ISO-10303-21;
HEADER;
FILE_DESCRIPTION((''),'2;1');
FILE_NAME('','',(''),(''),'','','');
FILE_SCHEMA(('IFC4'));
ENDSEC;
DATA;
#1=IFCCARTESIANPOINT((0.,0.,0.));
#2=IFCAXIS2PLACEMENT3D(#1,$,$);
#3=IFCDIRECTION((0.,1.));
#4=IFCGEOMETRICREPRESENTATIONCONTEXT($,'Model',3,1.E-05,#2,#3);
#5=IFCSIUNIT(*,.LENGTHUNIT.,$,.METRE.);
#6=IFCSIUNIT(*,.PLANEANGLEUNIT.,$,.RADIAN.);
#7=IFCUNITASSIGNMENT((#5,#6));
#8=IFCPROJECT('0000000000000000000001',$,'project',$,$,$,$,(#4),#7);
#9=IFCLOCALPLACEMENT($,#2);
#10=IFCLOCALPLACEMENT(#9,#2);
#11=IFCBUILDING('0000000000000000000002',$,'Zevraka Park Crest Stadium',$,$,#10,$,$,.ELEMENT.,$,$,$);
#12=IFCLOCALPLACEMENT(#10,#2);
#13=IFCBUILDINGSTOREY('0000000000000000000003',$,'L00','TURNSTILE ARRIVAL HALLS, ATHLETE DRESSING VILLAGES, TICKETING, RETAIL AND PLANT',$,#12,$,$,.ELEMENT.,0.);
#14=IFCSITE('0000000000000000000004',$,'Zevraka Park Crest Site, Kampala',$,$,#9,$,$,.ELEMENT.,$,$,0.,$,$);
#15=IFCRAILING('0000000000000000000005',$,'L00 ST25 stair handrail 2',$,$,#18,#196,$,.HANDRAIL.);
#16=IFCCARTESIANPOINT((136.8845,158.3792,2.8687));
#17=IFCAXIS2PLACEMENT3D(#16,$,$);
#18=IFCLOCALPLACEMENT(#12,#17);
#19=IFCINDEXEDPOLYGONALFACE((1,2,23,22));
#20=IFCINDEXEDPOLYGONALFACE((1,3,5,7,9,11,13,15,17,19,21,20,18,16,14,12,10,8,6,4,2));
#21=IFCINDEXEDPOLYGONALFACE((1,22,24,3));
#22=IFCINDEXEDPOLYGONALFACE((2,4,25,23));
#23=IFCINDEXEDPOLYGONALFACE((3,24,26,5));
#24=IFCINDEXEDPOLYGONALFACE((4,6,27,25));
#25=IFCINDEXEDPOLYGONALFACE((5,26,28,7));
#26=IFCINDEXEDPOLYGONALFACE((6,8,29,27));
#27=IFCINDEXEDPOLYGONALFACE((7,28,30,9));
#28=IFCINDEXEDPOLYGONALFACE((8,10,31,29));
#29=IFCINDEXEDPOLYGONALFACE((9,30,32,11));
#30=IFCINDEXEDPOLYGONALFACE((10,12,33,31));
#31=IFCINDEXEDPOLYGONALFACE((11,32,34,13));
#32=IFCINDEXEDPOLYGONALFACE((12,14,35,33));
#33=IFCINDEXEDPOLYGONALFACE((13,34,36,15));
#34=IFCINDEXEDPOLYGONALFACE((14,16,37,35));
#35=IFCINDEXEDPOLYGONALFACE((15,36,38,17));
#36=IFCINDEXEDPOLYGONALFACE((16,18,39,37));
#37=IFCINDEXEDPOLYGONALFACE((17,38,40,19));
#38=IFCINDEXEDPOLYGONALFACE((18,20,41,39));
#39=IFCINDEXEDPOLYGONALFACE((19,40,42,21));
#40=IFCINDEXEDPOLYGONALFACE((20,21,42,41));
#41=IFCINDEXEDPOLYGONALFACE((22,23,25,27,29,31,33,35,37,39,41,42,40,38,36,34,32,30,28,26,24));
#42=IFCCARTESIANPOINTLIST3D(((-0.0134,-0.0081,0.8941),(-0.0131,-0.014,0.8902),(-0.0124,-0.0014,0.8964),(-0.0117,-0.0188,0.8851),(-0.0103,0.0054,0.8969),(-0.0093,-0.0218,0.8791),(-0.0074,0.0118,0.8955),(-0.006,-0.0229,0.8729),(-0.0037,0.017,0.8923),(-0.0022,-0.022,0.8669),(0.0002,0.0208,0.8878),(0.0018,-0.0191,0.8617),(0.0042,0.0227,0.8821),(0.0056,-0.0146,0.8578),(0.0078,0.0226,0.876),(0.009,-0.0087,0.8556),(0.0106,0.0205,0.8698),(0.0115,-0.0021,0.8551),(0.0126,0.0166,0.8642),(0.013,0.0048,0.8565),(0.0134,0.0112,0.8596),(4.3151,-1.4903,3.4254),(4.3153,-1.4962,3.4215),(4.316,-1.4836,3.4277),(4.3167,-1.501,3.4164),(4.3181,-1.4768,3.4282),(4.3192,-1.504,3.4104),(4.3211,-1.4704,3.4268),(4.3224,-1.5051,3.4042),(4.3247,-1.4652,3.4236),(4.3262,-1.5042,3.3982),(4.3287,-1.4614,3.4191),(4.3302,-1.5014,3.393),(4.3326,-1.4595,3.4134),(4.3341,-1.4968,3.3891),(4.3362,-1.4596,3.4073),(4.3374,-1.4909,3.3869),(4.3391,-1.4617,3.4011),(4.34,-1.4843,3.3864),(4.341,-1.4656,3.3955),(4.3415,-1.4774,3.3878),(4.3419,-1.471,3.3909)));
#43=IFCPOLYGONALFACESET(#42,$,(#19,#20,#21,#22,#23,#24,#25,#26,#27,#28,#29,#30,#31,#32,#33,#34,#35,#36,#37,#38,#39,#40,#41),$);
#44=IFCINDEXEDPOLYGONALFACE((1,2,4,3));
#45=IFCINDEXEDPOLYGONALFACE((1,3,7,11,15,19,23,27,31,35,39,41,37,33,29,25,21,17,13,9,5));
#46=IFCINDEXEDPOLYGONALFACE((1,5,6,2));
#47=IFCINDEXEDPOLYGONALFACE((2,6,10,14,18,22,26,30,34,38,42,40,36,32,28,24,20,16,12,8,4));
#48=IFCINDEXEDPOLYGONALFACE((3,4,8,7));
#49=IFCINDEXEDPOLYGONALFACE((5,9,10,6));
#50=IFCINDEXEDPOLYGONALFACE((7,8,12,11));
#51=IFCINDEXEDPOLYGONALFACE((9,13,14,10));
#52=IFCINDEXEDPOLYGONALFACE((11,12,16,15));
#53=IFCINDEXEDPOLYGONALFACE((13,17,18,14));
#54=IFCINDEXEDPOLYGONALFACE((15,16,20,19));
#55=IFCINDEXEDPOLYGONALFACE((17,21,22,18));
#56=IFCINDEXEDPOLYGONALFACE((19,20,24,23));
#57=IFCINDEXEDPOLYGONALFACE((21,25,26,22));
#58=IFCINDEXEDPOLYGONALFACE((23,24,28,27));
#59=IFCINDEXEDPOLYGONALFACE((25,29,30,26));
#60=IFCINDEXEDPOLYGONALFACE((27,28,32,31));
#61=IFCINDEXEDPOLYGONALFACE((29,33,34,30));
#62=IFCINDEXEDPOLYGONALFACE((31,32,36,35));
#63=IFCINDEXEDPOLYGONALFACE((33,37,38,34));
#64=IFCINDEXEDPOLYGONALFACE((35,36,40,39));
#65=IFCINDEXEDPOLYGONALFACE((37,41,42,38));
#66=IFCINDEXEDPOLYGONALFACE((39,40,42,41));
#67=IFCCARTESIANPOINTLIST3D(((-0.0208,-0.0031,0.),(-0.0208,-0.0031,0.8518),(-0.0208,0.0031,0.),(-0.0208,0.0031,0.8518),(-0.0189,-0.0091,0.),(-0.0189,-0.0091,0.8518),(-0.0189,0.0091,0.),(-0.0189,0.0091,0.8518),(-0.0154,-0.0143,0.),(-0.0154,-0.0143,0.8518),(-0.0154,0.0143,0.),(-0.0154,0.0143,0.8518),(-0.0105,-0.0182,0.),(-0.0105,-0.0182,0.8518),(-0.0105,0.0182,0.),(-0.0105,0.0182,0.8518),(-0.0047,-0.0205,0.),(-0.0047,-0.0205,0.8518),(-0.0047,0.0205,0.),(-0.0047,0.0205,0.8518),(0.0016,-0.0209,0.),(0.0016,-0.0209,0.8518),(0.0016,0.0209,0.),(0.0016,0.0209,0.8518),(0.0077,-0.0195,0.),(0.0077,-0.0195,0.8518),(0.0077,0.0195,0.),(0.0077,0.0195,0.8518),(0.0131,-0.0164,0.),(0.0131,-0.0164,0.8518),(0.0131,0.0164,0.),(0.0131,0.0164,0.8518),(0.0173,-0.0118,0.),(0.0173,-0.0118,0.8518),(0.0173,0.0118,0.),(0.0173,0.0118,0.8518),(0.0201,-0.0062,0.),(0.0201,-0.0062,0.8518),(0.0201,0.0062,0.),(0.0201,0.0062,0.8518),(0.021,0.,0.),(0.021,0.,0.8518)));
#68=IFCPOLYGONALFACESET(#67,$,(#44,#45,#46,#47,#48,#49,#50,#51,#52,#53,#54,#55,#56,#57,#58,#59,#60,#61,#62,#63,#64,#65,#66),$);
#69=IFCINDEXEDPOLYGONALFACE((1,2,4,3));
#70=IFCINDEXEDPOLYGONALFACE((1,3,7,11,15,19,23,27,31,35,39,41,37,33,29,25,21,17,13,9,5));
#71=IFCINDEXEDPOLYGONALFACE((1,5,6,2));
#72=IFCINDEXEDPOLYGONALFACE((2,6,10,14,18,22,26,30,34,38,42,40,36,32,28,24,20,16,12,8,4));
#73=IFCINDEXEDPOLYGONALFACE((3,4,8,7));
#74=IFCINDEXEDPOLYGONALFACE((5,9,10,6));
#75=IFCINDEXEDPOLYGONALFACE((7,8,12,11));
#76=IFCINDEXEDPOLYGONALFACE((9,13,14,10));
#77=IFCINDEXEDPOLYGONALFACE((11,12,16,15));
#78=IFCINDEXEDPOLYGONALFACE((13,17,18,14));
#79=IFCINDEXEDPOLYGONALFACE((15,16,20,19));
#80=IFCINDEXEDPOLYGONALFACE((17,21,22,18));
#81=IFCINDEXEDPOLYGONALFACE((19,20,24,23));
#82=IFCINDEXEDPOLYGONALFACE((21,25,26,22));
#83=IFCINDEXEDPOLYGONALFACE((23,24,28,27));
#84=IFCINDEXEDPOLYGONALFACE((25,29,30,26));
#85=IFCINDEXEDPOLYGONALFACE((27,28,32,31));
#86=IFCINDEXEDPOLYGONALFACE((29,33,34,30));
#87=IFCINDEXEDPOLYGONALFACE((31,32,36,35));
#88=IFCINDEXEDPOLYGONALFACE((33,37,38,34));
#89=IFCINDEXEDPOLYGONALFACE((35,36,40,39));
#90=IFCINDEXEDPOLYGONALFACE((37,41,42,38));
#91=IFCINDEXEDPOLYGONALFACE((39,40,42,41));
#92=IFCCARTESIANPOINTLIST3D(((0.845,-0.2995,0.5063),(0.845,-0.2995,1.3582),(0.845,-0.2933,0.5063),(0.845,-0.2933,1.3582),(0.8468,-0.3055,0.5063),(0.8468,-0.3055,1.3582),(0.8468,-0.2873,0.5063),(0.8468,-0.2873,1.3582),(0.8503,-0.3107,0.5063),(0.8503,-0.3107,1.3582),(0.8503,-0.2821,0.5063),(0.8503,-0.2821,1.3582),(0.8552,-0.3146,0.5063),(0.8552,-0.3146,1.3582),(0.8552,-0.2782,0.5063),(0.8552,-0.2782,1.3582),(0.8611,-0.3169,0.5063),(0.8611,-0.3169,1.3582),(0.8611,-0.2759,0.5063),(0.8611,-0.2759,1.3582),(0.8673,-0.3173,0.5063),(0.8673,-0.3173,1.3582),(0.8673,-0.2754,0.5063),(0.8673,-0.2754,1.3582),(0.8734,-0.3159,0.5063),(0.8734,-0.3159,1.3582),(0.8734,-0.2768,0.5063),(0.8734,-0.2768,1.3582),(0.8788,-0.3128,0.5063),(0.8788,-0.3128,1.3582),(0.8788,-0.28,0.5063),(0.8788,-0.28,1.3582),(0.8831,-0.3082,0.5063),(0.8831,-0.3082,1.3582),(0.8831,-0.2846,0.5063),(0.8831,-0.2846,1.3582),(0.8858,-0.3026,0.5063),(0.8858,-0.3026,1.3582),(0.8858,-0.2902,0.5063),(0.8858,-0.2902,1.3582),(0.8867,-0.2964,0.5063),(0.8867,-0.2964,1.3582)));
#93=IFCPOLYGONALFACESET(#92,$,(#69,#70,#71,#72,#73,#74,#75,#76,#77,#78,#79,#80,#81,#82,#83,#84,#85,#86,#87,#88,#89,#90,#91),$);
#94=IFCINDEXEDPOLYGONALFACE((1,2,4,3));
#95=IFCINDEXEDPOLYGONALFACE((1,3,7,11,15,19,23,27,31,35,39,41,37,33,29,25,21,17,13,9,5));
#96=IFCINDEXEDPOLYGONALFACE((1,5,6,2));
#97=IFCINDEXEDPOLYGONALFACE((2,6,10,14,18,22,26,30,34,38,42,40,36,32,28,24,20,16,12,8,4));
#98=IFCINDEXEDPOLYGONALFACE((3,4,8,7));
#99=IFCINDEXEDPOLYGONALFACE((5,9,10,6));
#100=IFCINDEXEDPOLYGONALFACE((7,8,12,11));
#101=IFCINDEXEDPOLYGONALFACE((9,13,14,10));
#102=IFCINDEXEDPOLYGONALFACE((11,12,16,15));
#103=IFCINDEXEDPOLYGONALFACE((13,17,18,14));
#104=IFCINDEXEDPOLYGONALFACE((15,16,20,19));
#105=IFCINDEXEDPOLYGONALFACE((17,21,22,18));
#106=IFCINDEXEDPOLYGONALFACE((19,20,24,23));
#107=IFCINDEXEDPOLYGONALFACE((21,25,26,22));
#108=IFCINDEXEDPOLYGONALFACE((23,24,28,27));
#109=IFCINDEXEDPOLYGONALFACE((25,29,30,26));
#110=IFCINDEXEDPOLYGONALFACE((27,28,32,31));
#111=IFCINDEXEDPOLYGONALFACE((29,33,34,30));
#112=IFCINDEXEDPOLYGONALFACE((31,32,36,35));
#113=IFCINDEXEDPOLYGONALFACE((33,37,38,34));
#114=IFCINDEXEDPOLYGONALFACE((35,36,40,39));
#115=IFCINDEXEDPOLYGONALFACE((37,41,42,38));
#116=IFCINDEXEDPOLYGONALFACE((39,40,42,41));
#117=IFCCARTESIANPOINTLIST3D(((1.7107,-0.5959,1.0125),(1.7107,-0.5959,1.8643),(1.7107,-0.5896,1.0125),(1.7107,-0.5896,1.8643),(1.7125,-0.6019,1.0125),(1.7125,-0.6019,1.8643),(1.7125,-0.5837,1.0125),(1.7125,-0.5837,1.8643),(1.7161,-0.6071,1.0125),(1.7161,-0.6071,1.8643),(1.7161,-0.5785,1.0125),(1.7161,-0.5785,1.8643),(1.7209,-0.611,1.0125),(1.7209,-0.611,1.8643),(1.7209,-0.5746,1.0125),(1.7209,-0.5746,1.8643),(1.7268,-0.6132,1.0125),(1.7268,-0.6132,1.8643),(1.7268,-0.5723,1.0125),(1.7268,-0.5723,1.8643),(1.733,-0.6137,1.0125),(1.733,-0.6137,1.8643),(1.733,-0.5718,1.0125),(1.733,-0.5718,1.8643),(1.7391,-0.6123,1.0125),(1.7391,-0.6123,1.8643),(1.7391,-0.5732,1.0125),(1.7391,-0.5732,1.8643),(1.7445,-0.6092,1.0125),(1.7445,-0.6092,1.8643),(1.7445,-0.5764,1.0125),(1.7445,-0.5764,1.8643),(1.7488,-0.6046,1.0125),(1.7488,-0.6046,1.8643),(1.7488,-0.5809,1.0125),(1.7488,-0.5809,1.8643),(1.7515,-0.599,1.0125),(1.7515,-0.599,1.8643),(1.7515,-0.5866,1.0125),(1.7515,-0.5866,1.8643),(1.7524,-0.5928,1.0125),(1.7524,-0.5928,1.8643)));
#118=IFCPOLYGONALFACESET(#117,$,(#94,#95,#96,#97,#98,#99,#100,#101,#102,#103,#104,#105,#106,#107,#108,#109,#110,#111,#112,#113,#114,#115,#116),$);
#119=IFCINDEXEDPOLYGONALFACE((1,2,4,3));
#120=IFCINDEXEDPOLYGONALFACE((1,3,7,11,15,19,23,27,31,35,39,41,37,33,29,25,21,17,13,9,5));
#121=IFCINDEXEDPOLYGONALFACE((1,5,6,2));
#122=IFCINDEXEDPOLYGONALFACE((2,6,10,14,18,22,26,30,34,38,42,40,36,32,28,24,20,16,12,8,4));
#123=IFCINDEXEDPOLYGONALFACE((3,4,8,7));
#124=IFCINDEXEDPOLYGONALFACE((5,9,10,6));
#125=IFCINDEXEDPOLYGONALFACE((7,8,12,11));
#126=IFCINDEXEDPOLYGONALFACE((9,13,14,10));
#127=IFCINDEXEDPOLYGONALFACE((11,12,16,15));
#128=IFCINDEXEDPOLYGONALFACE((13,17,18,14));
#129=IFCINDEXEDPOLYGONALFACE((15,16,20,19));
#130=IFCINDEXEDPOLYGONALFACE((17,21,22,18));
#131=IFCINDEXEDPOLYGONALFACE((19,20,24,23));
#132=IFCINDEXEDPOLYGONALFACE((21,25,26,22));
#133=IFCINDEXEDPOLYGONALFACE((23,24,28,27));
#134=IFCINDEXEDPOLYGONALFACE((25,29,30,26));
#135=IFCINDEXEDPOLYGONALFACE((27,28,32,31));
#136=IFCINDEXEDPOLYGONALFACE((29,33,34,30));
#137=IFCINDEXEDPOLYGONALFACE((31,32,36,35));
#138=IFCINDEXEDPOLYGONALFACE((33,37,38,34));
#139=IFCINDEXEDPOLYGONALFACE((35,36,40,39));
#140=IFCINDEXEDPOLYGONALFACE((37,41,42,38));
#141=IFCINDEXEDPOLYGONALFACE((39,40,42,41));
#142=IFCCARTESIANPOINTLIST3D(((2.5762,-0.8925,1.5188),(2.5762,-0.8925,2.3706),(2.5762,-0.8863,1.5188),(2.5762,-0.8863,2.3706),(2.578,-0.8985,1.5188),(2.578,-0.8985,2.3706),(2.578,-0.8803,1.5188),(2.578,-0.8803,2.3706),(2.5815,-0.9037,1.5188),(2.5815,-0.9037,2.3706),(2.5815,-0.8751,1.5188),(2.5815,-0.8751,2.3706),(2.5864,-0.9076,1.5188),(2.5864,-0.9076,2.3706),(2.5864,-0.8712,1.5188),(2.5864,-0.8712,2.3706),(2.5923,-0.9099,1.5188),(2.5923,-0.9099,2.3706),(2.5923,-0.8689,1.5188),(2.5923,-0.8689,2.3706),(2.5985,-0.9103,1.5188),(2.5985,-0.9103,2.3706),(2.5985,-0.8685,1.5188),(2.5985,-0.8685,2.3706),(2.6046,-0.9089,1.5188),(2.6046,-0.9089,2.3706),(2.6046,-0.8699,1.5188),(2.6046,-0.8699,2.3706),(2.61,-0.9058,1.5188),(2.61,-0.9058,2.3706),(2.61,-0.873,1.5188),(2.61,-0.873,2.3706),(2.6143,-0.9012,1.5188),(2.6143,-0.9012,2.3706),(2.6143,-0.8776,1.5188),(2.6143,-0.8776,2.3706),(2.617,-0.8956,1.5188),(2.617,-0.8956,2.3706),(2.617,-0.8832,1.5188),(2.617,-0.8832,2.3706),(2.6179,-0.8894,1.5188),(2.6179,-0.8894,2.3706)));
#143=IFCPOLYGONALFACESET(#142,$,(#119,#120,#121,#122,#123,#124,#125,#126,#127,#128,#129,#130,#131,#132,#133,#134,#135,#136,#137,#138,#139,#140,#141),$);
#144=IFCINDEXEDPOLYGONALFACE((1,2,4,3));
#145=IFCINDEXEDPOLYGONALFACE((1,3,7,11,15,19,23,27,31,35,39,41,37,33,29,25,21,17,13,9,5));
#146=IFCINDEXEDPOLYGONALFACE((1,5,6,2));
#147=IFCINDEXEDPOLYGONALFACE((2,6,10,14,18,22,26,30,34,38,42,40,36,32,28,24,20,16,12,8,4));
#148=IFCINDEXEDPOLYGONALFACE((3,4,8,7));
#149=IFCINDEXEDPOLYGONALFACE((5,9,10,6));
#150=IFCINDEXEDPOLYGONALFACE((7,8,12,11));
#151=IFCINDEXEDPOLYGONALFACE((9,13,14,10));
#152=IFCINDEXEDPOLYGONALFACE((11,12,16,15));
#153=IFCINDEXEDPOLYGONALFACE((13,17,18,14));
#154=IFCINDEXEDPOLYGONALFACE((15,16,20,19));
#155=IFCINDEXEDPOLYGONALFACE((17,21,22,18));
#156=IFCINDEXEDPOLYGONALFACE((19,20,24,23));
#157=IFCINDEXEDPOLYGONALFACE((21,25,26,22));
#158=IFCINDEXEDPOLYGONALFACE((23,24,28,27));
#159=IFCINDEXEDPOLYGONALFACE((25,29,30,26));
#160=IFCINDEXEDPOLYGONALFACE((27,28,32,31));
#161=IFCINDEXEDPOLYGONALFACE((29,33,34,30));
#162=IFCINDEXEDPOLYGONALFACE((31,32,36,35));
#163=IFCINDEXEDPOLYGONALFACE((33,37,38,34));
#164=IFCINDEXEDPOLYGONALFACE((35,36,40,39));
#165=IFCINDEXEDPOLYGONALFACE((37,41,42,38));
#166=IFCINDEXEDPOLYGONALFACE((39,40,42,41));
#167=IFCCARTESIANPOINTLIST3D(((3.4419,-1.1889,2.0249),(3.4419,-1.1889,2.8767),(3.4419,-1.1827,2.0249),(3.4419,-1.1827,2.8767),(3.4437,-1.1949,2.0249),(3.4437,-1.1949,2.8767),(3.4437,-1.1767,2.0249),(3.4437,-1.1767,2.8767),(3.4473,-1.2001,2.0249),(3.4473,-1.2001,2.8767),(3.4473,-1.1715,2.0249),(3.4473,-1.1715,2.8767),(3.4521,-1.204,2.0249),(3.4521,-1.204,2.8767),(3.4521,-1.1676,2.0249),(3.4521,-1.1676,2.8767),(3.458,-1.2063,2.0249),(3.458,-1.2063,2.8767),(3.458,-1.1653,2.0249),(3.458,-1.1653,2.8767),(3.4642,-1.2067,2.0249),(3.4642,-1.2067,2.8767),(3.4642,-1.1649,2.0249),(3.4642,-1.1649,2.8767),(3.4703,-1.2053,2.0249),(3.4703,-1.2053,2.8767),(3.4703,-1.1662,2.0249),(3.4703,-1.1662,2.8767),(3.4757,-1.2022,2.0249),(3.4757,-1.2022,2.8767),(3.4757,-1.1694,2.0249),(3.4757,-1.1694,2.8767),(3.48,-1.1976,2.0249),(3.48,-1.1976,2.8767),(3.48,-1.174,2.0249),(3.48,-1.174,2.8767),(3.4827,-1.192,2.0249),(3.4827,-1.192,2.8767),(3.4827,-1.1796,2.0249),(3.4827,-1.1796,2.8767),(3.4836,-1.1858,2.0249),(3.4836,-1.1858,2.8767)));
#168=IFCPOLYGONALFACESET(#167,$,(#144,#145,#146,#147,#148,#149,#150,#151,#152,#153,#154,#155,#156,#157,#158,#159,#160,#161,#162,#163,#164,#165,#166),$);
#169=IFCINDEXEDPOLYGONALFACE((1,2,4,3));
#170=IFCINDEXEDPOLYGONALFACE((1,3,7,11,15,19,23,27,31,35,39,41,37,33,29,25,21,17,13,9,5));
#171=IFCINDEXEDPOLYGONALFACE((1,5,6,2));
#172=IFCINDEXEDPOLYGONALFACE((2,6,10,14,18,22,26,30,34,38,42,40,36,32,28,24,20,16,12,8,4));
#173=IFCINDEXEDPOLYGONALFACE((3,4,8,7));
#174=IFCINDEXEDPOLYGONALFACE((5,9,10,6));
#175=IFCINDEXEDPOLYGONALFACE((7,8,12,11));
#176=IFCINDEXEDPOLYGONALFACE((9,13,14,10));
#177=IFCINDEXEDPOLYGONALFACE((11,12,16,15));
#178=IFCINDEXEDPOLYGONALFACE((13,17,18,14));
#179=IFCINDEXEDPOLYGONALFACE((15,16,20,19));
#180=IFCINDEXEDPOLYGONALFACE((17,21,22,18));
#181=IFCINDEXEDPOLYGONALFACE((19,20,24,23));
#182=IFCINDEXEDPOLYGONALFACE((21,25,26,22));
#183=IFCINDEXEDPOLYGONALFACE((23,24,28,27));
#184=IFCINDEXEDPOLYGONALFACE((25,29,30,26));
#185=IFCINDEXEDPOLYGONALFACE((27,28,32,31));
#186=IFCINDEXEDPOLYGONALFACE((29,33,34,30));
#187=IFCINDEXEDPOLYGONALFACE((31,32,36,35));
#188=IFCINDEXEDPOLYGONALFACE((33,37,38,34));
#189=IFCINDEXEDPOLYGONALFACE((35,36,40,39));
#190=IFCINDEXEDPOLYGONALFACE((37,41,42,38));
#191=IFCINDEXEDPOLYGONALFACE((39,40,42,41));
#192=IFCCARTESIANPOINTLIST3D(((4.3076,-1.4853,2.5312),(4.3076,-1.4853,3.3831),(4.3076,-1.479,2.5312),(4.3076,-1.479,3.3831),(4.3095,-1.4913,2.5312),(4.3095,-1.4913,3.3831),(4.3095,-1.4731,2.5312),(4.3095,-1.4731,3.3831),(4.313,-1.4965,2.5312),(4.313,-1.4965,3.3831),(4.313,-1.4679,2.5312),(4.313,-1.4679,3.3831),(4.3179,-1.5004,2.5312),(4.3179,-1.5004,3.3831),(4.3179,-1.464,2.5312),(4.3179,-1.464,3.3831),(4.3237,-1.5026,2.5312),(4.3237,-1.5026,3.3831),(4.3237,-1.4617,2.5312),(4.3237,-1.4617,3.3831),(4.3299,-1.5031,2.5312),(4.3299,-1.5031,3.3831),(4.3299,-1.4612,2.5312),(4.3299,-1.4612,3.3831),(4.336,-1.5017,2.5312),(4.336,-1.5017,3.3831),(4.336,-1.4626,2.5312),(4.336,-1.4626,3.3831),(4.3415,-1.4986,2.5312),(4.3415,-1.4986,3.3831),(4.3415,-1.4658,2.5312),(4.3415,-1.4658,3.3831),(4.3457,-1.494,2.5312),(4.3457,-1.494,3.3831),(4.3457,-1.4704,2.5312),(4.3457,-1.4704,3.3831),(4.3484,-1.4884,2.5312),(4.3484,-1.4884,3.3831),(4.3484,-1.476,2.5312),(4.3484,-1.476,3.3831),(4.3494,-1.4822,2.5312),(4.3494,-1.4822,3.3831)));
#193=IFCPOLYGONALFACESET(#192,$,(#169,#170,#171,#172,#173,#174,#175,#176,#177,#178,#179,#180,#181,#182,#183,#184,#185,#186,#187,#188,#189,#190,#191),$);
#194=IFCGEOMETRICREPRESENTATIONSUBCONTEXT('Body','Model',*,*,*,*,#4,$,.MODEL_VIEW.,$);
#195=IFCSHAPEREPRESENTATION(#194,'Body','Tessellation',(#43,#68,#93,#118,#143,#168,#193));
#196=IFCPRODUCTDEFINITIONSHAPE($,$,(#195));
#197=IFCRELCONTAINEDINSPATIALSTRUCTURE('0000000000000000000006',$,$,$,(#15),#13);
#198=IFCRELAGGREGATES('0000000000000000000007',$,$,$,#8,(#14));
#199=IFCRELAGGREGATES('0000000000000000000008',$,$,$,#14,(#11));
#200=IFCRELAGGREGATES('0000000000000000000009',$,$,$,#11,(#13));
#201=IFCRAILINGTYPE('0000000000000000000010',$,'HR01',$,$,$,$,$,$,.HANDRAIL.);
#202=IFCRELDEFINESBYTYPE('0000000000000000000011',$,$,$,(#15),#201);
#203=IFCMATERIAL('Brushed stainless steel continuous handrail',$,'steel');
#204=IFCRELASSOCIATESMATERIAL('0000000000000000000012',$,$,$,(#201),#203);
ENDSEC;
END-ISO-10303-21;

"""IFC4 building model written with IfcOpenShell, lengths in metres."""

from ifc_helpers import new_model, si_unit, direction, frame, origin, origin_2d, place, context, subcontext, project, spatial, circle, extrude, material, type_object, element, save


model = new_model("IFC4")

# Units and contexts
model_context = context("Model", 3, precision=1e-05, world=origin(), true_north=direction((0.0, 1.0)))
body_context = subcontext(model_context, "Body", "Model", "MODEL_VIEW")
ifc_project = project(units=[si_unit("LENGTHUNIT", "METRE"), si_unit("PLANEANGLEUNIT", "RADIAN")], contexts=[model_context])

# Site, building, storey
site_placement = place(None, origin())
site = spatial("IfcSite", under=ifc_project, at=site_placement, Name="Zevraka Park Crest Site, Kampala", CompositionType="ELEMENT", RefElevation=0.0)
building_placement = place(site_placement, origin())
building = spatial("IfcBuilding", under=site, at=building_placement, Name="Zevraka Park Crest Stadium", CompositionType="ELEMENT")
storey_placement = place(building_placement, origin())
storey = spatial("IfcBuildingStorey", under=building, at=storey_placement, Name="L00", Description="TURNSTILE ARRIVAL HALLS, ATHLETE DRESSING VILLAGES, TICKETING, RETAIL AND PLANT", CompositionType="ELEMENT", Elevation=0.0)

# Railing
ifc_material_1 = material(Name="Brushed stainless steel continuous handrail", Category="steel")
railing_type_1 = type_object("IfcRailingType", Name="HR01", PredefinedType="HANDRAIL", material=ifc_material_1)
for number, where, name in (
    (1, (136.8845, 158.3792, 2.8687), "L00 ST25 stair handrail 2"),
):
    element("IfcRailing", number, at=place(storey_placement, frame(where)), inside=storey, type_object=railing_type_1, Name=name, PredefinedType="HANDRAIL", context=body_context, shape_type="SweptSolid", body=[
        extrude(circle(Radius=0.0239, at=origin_2d()), frame((0.0, 0.0, 0.876), z_axis=(0.827817, -0.283472, 0.484111), x_axis=(0.323965, 0.946069, 0.0)), (0.0, 0.0, 1.0), 5.2288),
        extrude(circle(Radius=0.021, at=origin_2d()), origin(), (0.0, 0.0, 1.0), 0.8518),
        extrude(circle(Radius=0.021, at=origin_2d()), frame((0.8657, -0.2964, 0.5063)), (0.0, 0.0, 1.0), 0.8518),
        extrude(circle(Radius=0.021, at=origin_2d()), frame((1.7314, -0.5928, 1.0125)), (0.0, 0.0, 1.0), 0.8518),
        extrude(circle(Radius=0.021, at=origin_2d()), frame((2.5969, -0.8894, 1.5188)), (0.0, 0.0, 1.0), 0.8518),
        extrude(circle(Radius=0.021, at=origin_2d()), frame((3.4626, -1.1858, 2.0249)), (0.0, 0.0, 1.0), 0.8518),
        extrude(circle(Radius=0.021, at=origin_2d()), frame((4.3284, -1.4822, 2.5312)), (0.0, 0.0, 1.0), 0.8518),
    ])

save(model, "model.ifc")
